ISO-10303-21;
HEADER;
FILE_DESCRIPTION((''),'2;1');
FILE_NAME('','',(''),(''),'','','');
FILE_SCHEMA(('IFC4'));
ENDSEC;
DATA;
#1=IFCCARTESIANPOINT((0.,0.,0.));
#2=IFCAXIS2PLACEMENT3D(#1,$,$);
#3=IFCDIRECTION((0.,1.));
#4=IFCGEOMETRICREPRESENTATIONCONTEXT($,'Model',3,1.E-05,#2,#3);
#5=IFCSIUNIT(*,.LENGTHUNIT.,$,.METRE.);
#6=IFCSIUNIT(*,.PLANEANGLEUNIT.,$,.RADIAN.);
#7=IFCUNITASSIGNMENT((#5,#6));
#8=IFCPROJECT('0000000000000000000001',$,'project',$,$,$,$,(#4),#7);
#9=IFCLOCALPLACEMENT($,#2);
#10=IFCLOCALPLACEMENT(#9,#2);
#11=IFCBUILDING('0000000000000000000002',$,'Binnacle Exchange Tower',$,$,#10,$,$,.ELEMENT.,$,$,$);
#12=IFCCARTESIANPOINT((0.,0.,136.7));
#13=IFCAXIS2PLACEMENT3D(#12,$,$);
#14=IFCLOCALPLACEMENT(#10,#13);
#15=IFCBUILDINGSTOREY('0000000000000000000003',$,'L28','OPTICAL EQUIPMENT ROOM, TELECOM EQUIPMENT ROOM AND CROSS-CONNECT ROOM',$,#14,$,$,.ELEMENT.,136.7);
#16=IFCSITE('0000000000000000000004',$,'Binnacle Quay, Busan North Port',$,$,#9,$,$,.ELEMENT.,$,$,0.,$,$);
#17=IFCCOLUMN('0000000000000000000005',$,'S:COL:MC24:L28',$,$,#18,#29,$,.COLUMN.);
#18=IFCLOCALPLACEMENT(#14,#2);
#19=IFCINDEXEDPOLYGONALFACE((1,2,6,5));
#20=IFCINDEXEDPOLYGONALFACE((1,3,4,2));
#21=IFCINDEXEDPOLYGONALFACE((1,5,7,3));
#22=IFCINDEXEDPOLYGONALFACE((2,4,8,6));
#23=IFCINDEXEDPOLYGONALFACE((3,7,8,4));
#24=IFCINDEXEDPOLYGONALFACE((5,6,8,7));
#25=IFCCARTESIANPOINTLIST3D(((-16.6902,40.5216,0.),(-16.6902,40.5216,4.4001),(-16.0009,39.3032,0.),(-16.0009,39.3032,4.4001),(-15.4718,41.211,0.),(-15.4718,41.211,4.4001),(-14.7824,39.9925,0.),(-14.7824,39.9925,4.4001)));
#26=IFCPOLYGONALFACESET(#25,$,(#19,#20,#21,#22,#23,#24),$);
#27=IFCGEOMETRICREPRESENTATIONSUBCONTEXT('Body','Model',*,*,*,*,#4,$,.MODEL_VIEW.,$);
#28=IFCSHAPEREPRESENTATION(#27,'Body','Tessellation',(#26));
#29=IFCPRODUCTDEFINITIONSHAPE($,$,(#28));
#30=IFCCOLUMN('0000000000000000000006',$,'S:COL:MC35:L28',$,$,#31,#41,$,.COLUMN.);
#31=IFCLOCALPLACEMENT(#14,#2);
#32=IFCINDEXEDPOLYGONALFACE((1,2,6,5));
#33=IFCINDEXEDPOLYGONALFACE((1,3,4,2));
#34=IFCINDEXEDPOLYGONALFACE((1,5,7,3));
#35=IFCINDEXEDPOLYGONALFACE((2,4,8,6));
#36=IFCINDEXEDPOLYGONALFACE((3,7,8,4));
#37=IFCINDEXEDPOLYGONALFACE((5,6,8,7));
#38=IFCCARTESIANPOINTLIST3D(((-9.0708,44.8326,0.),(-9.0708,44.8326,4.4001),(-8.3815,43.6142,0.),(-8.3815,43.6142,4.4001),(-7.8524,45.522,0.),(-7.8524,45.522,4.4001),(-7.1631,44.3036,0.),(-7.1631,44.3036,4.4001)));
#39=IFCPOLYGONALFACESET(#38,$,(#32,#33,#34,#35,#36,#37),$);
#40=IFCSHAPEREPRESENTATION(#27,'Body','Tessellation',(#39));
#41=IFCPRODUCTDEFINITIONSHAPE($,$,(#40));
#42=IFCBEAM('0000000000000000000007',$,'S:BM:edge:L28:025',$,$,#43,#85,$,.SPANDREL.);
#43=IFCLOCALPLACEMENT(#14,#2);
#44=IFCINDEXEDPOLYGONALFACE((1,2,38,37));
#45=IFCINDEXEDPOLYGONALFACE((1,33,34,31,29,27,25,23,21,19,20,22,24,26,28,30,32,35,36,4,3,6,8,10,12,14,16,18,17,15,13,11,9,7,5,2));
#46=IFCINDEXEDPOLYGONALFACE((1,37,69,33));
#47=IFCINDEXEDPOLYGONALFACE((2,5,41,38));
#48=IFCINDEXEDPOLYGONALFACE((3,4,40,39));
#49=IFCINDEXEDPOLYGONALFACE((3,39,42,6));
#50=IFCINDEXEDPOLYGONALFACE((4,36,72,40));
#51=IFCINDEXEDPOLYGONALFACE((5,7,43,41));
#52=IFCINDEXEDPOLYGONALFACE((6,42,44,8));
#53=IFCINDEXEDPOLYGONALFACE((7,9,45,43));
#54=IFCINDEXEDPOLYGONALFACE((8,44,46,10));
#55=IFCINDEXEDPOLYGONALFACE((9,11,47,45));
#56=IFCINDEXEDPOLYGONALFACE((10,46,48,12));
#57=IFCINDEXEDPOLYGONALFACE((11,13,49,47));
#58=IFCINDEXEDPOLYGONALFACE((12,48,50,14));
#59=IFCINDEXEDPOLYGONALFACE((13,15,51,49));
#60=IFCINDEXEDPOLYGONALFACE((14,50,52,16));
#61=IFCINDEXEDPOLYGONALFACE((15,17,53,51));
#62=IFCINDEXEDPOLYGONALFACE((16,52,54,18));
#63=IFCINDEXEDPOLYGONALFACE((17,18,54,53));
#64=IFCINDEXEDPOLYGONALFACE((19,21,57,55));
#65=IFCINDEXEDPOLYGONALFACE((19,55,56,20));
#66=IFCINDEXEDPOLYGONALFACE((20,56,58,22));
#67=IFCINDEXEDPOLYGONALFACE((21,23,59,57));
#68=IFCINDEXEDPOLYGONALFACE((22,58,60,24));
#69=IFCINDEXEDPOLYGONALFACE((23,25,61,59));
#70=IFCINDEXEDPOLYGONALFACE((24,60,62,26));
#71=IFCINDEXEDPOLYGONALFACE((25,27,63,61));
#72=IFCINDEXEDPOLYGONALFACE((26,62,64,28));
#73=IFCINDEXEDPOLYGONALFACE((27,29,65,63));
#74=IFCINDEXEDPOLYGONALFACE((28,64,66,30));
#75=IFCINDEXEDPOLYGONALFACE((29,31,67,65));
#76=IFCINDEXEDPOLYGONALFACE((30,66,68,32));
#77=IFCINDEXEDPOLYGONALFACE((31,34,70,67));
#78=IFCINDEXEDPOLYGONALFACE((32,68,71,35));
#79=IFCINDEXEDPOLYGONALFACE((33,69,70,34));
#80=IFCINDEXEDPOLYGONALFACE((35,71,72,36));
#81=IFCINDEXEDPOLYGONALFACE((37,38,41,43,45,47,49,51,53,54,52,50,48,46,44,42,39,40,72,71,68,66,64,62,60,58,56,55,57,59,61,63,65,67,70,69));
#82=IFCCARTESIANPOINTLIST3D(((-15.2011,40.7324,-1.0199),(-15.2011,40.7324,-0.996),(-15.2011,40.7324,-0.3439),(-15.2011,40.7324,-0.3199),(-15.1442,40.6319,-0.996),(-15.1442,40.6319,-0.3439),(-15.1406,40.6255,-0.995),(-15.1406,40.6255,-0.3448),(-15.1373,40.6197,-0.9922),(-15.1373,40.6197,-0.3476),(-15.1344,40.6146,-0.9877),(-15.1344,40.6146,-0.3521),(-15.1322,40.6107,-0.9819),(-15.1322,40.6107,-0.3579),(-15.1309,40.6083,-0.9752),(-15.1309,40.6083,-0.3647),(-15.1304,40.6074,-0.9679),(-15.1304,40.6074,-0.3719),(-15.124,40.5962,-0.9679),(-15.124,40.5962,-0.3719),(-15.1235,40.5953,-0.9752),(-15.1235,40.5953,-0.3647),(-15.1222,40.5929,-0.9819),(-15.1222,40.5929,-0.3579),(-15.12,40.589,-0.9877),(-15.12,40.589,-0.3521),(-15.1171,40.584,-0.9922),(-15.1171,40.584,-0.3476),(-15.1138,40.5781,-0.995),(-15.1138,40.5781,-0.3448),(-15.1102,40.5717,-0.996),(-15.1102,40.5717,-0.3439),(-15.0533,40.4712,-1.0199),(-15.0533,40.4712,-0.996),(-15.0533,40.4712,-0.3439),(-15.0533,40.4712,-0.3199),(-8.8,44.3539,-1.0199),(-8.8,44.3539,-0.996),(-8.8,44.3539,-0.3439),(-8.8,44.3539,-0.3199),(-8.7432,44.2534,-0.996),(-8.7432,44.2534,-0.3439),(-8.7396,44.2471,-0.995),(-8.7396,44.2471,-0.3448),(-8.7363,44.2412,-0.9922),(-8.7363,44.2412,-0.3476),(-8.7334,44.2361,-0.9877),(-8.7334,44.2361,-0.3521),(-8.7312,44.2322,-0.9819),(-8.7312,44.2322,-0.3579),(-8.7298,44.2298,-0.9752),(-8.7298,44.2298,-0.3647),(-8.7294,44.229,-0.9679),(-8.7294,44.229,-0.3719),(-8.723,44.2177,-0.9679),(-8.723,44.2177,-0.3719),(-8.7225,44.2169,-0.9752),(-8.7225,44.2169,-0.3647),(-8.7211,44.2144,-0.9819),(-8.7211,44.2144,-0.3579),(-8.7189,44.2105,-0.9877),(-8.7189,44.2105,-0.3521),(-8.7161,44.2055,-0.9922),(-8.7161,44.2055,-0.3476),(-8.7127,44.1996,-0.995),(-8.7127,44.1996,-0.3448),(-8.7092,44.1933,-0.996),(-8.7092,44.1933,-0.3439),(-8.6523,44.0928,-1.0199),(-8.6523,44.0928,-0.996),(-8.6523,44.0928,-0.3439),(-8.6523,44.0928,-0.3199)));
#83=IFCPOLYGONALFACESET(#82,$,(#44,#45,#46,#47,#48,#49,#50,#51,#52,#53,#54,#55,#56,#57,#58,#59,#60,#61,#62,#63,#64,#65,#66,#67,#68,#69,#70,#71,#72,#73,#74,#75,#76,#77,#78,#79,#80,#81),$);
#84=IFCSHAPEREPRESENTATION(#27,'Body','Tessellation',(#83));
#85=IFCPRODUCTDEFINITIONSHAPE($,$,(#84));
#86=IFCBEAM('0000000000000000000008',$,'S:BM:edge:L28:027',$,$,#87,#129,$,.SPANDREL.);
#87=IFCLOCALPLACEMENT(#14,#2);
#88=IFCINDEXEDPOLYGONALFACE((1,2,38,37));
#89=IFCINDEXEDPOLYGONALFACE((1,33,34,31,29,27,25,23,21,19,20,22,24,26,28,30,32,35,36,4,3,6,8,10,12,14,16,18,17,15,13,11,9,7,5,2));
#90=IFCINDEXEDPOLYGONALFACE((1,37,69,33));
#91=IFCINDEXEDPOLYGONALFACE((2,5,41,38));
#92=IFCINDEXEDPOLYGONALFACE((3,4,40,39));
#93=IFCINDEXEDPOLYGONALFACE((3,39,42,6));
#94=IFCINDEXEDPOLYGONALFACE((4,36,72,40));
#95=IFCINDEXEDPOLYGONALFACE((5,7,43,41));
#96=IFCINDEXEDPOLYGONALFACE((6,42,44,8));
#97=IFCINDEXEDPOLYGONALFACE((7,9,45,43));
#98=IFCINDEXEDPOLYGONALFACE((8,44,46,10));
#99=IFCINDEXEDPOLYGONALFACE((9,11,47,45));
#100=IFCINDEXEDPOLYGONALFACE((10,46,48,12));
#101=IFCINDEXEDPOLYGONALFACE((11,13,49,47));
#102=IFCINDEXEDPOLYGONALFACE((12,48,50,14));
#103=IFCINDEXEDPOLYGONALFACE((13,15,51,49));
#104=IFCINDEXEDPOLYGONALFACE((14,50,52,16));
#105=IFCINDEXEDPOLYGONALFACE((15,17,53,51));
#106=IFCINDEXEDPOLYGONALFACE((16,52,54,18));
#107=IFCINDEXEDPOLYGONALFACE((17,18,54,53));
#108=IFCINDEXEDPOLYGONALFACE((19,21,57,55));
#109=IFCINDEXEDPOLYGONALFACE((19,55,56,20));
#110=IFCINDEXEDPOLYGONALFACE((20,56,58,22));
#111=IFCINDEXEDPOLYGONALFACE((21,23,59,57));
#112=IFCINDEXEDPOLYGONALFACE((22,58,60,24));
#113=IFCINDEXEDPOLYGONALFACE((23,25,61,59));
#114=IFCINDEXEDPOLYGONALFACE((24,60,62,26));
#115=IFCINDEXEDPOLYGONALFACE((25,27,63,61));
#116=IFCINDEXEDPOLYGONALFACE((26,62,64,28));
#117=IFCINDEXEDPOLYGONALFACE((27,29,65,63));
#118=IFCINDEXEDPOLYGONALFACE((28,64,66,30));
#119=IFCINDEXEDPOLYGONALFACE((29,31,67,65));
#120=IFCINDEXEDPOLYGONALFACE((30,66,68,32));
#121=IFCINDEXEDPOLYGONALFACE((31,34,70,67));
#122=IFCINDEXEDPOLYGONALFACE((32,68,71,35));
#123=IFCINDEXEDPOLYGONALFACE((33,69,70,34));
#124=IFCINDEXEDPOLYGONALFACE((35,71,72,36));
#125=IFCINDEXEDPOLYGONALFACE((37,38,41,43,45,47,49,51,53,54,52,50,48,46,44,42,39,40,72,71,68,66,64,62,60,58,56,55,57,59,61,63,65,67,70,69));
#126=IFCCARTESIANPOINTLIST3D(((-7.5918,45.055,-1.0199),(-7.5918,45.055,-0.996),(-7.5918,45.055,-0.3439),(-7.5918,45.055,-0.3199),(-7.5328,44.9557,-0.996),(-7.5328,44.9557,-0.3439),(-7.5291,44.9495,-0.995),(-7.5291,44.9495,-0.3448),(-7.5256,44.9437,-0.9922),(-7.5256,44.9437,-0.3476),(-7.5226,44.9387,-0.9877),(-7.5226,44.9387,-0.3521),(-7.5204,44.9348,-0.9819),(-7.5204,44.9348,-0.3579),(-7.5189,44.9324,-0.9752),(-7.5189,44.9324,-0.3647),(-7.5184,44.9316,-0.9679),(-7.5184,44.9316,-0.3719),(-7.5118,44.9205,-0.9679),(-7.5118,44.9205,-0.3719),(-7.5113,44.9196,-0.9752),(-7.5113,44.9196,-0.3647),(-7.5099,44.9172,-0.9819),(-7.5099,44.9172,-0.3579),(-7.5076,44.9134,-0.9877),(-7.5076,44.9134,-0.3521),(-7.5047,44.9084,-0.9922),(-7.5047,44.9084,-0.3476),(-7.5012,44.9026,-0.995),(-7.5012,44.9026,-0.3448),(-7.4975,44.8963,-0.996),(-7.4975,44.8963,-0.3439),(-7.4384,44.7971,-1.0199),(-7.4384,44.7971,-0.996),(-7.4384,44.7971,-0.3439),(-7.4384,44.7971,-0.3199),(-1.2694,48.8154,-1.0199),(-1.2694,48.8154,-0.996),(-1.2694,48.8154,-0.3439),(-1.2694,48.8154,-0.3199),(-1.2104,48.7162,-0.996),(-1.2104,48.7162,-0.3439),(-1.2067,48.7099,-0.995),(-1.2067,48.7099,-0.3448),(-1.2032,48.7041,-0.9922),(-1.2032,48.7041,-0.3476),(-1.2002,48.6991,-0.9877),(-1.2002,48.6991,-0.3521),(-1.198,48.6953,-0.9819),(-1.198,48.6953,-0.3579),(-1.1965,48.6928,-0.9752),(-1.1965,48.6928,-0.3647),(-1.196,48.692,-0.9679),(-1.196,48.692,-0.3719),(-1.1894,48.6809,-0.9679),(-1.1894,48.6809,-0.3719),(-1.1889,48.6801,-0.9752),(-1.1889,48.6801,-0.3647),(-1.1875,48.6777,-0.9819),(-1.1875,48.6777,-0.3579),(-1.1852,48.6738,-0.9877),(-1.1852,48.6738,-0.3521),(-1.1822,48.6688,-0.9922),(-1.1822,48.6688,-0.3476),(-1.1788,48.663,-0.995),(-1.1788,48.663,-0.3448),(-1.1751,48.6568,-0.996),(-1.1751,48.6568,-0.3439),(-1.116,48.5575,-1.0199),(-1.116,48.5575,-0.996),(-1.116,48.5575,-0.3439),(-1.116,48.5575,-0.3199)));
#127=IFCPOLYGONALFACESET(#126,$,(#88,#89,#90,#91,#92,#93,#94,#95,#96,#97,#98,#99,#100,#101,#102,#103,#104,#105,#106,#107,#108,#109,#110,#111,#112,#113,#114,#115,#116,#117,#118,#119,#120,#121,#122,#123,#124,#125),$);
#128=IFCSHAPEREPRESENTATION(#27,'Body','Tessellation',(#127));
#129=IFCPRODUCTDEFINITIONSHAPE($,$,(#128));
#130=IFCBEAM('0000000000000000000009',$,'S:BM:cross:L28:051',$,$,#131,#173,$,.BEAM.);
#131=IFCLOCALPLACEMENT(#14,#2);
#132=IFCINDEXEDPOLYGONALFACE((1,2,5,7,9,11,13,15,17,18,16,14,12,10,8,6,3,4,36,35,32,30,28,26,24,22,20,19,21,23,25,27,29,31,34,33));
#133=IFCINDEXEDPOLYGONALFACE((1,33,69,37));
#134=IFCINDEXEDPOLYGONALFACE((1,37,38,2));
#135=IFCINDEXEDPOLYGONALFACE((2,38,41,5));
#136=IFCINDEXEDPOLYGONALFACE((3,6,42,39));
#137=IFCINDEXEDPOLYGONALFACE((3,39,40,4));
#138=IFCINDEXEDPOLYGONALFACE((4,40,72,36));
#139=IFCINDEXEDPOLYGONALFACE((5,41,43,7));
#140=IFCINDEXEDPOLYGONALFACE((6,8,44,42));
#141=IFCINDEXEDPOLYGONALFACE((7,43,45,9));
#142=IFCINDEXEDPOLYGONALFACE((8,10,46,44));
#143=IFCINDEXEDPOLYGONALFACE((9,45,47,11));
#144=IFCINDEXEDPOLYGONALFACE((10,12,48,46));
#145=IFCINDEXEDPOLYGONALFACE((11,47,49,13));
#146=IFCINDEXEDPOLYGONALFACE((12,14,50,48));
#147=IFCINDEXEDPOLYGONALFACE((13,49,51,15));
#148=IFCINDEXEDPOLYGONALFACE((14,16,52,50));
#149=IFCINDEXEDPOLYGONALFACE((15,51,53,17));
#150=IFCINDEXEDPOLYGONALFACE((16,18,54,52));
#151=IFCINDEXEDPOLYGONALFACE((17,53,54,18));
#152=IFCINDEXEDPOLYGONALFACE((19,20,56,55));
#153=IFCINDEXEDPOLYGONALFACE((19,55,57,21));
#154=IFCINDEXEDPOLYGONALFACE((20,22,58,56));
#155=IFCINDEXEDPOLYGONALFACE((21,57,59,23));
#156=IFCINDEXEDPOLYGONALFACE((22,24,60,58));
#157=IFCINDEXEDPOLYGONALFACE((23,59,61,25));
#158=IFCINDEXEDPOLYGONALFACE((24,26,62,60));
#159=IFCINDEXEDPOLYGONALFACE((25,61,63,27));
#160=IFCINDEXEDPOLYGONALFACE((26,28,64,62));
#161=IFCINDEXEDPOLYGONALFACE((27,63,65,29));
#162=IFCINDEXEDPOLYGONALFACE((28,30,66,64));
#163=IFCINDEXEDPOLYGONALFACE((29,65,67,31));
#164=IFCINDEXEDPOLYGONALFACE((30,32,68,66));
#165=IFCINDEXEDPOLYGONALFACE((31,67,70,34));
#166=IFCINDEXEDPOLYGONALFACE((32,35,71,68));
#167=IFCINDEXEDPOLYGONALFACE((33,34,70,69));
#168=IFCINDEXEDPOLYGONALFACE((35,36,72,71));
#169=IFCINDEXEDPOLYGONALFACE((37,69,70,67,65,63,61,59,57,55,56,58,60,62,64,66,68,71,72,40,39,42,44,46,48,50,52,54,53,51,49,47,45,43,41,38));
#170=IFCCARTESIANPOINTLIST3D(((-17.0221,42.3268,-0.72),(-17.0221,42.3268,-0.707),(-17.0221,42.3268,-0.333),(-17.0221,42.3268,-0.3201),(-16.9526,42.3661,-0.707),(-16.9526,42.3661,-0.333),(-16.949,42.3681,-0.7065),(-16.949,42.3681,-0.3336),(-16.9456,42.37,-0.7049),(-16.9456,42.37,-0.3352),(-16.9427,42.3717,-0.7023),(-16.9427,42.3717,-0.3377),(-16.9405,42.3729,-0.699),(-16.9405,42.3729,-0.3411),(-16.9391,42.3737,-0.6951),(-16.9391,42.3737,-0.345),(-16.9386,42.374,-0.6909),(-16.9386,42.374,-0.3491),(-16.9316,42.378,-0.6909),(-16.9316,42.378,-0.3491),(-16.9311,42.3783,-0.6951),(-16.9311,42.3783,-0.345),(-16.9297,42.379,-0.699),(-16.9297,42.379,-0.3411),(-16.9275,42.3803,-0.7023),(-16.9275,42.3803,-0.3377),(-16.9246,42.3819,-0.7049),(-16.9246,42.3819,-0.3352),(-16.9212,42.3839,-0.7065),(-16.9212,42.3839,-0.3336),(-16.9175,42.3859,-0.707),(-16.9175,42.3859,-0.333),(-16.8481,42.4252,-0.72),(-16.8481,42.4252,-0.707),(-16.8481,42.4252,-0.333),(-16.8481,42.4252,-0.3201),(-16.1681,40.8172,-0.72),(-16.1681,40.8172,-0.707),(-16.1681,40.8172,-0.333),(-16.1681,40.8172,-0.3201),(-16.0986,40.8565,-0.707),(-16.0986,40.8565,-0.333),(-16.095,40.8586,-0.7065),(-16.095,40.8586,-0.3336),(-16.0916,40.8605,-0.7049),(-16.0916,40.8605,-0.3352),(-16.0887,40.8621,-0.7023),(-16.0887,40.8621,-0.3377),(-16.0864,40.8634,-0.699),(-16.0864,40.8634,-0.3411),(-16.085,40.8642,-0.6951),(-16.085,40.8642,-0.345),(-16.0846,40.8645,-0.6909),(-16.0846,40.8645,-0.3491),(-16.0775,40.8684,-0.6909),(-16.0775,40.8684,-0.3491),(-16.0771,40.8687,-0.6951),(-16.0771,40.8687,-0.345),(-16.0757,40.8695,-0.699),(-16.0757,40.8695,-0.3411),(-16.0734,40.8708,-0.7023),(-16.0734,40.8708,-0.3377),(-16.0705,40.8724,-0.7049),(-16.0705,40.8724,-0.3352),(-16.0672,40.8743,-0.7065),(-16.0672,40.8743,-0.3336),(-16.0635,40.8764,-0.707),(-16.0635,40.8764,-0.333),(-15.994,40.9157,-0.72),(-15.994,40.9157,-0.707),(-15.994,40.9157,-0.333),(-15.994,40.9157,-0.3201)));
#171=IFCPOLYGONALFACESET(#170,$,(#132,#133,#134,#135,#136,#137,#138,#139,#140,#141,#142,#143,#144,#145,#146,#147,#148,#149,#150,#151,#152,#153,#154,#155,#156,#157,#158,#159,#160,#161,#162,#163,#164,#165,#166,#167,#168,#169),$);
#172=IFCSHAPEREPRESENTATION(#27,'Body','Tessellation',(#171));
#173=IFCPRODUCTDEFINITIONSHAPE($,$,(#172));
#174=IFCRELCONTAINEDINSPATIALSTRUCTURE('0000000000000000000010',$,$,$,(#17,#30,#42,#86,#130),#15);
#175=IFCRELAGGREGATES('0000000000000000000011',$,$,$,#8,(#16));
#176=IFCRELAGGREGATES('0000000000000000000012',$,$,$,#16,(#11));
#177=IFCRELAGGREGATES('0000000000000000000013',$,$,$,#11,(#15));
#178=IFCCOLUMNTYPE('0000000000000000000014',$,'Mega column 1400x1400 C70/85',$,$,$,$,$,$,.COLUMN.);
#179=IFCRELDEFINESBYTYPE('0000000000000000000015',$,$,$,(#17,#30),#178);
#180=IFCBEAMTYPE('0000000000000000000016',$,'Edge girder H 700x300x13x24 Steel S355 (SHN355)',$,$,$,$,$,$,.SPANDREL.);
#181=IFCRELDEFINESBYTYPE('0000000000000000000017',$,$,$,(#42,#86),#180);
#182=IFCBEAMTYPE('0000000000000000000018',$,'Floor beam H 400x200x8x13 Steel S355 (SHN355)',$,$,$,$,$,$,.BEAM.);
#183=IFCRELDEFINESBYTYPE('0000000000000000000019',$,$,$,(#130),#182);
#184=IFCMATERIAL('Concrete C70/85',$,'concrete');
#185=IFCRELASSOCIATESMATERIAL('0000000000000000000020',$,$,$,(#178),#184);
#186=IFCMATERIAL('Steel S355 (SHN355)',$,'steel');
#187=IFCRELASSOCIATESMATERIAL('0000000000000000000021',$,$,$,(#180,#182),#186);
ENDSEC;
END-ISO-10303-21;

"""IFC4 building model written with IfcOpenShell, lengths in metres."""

from ifc_helpers import new_model, si_unit, direction, frame, origin, origin_2d, place, context, subcontext, project, spatial, rectangle, i_section, extrude, material, material_profile, profile_set, type_object, element, save


model = new_model("IFC4")

# Units and contexts
model_context = context("Model", 3, precision=1e-05, world=origin(), true_north=direction((0.0, 1.0)))
body_context = subcontext(model_context, "Body", "Model", "MODEL_VIEW")
ifc_project = project(units=[si_unit("LENGTHUNIT", "METRE"), si_unit("PLANEANGLEUNIT", "RADIAN")], contexts=[model_context])

# Site, building, storey
site_placement = place(None, origin())
site = spatial("IfcSite", under=ifc_project, at=site_placement, Name="Binnacle Quay, Busan North Port", CompositionType="ELEMENT", RefElevation=0.0)
building_placement = place(site_placement, origin())
building = spatial("IfcBuilding", under=site, at=building_placement, Name="Binnacle Exchange Tower", CompositionType="ELEMENT")
storey_placement = place(building_placement, frame((0.0, 0.0, 136.7)))
storey = spatial("IfcBuildingStorey", under=building, at=storey_placement, Name="L28", Description="OPTICAL EQUIPMENT ROOM, TELECOM EQUIPMENT ROOM AND CROSS-CONNECT ROOM", CompositionType="ELEMENT", Elevation=136.7)

# Columns
ifc_material_1 = material(Name="Concrete C70/85", Category="concrete")
ifc_material_profile_1 = material_profile(ifc_material_1, rectangle(XDim=1.3999, YDim=1.3999, at=origin_2d()), Name="Mega column 1400x1400 C70/85")
ifc_profile_set_1 = profile_set([ifc_material_profile_1], Name="Concrete C70/85")
column_type = type_object("IfcColumnType", Name="Mega column 1400x1400 C70/85", PredefinedType="COLUMN", material=ifc_profile_set_1)
for number, where, z_axis, x_axis, name in (
    (1, (-15.7363, 40.2571, 0.0), (0.0, 0.0, 1.0), (0.870356, 0.492424, 0.0), "S:COL:MC24:L28"),
    (2, (-8.1169, 44.5681, 0.0), (0.0, 0.0, 1.0), (0.870356, 0.492424, 0.0), "S:COL:MC35:L28"),
):
    element("IfcColumn", number, at=place(storey_placement, frame(where, z_axis=z_axis, x_axis=x_axis)), inside=storey, type_object=column_type, Name=name, PredefinedType="COLUMN", context=body_context, shape_type="SweptSolid", body=[
        extrude(rectangle(XDim=1.3999, YDim=1.3999, at=origin_2d()), origin(), (0.0, 0.0, 1.0), 4.4001),
    ])

# Beams
ifc_material_2 = material(Name="Steel S355 (SHN355)", Category="steel")
ifc_material_profile_2 = material_profile(ifc_material_2, i_section(OverallWidth=0.3, OverallDepth=0.7, WebThickness=0.0129, FlangeThickness=0.0239, FilletRadius=0.0281, at=origin_2d()), Name="H 700x300x13x24")
ifc_profile_set_2 = profile_set([ifc_material_profile_2], Name="Steel S355 (SHN355)")
beam_type_1 = type_object("IfcBeamType", Name="Edge girder H 700x300x13x24 Steel S355 (SHN355)", PredefinedType="SPANDREL", material=ifc_profile_set_2)
beam_1_placement = place(storey_placement, frame((-15.1272, 40.6018, -0.6699), z_axis=(0.870356, 0.492424, 0.0), x_axis=(-0.492424, 0.870356, 0.0)))
element("IfcBeam", 3, at=beam_1_placement, inside=storey, type_object=beam_type_1, Name="S:BM:edge:L28:025", PredefinedType="SPANDREL", context=body_context, shape_type="SweptSolid", body=[
    extrude(i_section(OverallWidth=0.3, OverallDepth=0.7, WebThickness=0.0129, FlangeThickness=0.0239, FilletRadius=0.0281, at=origin_2d()), origin(), (0.0, 0.0, 1.0), 7.3545),
])
beam_2_placement = place(storey_placement, frame((-7.5151, 44.926, -0.6699), z_axis=(0.859466, 0.511193, 0.0), x_axis=(-0.511193, 0.859466, 0.0)))
element("IfcBeam", 4, at=beam_2_placement, inside=storey, type_object=beam_type_1, Name="S:BM:edge:L28:027", PredefinedType="SPANDREL", context=body_context, shape_type="SweptSolid", body=[
    extrude(i_section(OverallWidth=0.3, OverallDepth=0.7, WebThickness=0.0129, FlangeThickness=0.0239, FilletRadius=0.0281, at=origin_2d()), origin(), (0.0, 0.0, 1.0), 7.3562),
])
ifc_material_profile_3 = material_profile(ifc_material_2, i_section(OverallWidth=0.2, OverallDepth=0.3999, WebThickness=0.0081, FlangeThickness=0.0129, FilletRadius=0.0161, at=origin_2d()), Name="H 400x200x8x13")
ifc_profile_set_3 = profile_set([ifc_material_profile_3], Name="Steel S355 (SHN355)")
beam_type_2 = type_object("IfcBeamType", Name="Floor beam H 400x200x8x13 Steel S355 (SHN355)", PredefinedType="BEAM", material=ifc_profile_set_3)
beam_3_placement = place(storey_placement, frame((-16.0811, 40.8665, -0.52), z_axis=(-0.492405, 0.870366, 0.0), x_axis=(-0.870366, -0.492405, 0.0)))
element("IfcBeam", 5, at=beam_3_placement, inside=storey, type_object=beam_type_2, Name="S:BM:cross:L28:051", PredefinedType="BEAM", context=body_context, shape_type="SweptSolid", body=[
    extrude(i_section(OverallWidth=0.2, OverallDepth=0.3999, WebThickness=0.0081, FlangeThickness=0.0129, FilletRadius=0.0161, at=origin_2d()), origin(), (0.0, 0.0, 1.0), 1.7344),
])

save(model, "model.ifc")
